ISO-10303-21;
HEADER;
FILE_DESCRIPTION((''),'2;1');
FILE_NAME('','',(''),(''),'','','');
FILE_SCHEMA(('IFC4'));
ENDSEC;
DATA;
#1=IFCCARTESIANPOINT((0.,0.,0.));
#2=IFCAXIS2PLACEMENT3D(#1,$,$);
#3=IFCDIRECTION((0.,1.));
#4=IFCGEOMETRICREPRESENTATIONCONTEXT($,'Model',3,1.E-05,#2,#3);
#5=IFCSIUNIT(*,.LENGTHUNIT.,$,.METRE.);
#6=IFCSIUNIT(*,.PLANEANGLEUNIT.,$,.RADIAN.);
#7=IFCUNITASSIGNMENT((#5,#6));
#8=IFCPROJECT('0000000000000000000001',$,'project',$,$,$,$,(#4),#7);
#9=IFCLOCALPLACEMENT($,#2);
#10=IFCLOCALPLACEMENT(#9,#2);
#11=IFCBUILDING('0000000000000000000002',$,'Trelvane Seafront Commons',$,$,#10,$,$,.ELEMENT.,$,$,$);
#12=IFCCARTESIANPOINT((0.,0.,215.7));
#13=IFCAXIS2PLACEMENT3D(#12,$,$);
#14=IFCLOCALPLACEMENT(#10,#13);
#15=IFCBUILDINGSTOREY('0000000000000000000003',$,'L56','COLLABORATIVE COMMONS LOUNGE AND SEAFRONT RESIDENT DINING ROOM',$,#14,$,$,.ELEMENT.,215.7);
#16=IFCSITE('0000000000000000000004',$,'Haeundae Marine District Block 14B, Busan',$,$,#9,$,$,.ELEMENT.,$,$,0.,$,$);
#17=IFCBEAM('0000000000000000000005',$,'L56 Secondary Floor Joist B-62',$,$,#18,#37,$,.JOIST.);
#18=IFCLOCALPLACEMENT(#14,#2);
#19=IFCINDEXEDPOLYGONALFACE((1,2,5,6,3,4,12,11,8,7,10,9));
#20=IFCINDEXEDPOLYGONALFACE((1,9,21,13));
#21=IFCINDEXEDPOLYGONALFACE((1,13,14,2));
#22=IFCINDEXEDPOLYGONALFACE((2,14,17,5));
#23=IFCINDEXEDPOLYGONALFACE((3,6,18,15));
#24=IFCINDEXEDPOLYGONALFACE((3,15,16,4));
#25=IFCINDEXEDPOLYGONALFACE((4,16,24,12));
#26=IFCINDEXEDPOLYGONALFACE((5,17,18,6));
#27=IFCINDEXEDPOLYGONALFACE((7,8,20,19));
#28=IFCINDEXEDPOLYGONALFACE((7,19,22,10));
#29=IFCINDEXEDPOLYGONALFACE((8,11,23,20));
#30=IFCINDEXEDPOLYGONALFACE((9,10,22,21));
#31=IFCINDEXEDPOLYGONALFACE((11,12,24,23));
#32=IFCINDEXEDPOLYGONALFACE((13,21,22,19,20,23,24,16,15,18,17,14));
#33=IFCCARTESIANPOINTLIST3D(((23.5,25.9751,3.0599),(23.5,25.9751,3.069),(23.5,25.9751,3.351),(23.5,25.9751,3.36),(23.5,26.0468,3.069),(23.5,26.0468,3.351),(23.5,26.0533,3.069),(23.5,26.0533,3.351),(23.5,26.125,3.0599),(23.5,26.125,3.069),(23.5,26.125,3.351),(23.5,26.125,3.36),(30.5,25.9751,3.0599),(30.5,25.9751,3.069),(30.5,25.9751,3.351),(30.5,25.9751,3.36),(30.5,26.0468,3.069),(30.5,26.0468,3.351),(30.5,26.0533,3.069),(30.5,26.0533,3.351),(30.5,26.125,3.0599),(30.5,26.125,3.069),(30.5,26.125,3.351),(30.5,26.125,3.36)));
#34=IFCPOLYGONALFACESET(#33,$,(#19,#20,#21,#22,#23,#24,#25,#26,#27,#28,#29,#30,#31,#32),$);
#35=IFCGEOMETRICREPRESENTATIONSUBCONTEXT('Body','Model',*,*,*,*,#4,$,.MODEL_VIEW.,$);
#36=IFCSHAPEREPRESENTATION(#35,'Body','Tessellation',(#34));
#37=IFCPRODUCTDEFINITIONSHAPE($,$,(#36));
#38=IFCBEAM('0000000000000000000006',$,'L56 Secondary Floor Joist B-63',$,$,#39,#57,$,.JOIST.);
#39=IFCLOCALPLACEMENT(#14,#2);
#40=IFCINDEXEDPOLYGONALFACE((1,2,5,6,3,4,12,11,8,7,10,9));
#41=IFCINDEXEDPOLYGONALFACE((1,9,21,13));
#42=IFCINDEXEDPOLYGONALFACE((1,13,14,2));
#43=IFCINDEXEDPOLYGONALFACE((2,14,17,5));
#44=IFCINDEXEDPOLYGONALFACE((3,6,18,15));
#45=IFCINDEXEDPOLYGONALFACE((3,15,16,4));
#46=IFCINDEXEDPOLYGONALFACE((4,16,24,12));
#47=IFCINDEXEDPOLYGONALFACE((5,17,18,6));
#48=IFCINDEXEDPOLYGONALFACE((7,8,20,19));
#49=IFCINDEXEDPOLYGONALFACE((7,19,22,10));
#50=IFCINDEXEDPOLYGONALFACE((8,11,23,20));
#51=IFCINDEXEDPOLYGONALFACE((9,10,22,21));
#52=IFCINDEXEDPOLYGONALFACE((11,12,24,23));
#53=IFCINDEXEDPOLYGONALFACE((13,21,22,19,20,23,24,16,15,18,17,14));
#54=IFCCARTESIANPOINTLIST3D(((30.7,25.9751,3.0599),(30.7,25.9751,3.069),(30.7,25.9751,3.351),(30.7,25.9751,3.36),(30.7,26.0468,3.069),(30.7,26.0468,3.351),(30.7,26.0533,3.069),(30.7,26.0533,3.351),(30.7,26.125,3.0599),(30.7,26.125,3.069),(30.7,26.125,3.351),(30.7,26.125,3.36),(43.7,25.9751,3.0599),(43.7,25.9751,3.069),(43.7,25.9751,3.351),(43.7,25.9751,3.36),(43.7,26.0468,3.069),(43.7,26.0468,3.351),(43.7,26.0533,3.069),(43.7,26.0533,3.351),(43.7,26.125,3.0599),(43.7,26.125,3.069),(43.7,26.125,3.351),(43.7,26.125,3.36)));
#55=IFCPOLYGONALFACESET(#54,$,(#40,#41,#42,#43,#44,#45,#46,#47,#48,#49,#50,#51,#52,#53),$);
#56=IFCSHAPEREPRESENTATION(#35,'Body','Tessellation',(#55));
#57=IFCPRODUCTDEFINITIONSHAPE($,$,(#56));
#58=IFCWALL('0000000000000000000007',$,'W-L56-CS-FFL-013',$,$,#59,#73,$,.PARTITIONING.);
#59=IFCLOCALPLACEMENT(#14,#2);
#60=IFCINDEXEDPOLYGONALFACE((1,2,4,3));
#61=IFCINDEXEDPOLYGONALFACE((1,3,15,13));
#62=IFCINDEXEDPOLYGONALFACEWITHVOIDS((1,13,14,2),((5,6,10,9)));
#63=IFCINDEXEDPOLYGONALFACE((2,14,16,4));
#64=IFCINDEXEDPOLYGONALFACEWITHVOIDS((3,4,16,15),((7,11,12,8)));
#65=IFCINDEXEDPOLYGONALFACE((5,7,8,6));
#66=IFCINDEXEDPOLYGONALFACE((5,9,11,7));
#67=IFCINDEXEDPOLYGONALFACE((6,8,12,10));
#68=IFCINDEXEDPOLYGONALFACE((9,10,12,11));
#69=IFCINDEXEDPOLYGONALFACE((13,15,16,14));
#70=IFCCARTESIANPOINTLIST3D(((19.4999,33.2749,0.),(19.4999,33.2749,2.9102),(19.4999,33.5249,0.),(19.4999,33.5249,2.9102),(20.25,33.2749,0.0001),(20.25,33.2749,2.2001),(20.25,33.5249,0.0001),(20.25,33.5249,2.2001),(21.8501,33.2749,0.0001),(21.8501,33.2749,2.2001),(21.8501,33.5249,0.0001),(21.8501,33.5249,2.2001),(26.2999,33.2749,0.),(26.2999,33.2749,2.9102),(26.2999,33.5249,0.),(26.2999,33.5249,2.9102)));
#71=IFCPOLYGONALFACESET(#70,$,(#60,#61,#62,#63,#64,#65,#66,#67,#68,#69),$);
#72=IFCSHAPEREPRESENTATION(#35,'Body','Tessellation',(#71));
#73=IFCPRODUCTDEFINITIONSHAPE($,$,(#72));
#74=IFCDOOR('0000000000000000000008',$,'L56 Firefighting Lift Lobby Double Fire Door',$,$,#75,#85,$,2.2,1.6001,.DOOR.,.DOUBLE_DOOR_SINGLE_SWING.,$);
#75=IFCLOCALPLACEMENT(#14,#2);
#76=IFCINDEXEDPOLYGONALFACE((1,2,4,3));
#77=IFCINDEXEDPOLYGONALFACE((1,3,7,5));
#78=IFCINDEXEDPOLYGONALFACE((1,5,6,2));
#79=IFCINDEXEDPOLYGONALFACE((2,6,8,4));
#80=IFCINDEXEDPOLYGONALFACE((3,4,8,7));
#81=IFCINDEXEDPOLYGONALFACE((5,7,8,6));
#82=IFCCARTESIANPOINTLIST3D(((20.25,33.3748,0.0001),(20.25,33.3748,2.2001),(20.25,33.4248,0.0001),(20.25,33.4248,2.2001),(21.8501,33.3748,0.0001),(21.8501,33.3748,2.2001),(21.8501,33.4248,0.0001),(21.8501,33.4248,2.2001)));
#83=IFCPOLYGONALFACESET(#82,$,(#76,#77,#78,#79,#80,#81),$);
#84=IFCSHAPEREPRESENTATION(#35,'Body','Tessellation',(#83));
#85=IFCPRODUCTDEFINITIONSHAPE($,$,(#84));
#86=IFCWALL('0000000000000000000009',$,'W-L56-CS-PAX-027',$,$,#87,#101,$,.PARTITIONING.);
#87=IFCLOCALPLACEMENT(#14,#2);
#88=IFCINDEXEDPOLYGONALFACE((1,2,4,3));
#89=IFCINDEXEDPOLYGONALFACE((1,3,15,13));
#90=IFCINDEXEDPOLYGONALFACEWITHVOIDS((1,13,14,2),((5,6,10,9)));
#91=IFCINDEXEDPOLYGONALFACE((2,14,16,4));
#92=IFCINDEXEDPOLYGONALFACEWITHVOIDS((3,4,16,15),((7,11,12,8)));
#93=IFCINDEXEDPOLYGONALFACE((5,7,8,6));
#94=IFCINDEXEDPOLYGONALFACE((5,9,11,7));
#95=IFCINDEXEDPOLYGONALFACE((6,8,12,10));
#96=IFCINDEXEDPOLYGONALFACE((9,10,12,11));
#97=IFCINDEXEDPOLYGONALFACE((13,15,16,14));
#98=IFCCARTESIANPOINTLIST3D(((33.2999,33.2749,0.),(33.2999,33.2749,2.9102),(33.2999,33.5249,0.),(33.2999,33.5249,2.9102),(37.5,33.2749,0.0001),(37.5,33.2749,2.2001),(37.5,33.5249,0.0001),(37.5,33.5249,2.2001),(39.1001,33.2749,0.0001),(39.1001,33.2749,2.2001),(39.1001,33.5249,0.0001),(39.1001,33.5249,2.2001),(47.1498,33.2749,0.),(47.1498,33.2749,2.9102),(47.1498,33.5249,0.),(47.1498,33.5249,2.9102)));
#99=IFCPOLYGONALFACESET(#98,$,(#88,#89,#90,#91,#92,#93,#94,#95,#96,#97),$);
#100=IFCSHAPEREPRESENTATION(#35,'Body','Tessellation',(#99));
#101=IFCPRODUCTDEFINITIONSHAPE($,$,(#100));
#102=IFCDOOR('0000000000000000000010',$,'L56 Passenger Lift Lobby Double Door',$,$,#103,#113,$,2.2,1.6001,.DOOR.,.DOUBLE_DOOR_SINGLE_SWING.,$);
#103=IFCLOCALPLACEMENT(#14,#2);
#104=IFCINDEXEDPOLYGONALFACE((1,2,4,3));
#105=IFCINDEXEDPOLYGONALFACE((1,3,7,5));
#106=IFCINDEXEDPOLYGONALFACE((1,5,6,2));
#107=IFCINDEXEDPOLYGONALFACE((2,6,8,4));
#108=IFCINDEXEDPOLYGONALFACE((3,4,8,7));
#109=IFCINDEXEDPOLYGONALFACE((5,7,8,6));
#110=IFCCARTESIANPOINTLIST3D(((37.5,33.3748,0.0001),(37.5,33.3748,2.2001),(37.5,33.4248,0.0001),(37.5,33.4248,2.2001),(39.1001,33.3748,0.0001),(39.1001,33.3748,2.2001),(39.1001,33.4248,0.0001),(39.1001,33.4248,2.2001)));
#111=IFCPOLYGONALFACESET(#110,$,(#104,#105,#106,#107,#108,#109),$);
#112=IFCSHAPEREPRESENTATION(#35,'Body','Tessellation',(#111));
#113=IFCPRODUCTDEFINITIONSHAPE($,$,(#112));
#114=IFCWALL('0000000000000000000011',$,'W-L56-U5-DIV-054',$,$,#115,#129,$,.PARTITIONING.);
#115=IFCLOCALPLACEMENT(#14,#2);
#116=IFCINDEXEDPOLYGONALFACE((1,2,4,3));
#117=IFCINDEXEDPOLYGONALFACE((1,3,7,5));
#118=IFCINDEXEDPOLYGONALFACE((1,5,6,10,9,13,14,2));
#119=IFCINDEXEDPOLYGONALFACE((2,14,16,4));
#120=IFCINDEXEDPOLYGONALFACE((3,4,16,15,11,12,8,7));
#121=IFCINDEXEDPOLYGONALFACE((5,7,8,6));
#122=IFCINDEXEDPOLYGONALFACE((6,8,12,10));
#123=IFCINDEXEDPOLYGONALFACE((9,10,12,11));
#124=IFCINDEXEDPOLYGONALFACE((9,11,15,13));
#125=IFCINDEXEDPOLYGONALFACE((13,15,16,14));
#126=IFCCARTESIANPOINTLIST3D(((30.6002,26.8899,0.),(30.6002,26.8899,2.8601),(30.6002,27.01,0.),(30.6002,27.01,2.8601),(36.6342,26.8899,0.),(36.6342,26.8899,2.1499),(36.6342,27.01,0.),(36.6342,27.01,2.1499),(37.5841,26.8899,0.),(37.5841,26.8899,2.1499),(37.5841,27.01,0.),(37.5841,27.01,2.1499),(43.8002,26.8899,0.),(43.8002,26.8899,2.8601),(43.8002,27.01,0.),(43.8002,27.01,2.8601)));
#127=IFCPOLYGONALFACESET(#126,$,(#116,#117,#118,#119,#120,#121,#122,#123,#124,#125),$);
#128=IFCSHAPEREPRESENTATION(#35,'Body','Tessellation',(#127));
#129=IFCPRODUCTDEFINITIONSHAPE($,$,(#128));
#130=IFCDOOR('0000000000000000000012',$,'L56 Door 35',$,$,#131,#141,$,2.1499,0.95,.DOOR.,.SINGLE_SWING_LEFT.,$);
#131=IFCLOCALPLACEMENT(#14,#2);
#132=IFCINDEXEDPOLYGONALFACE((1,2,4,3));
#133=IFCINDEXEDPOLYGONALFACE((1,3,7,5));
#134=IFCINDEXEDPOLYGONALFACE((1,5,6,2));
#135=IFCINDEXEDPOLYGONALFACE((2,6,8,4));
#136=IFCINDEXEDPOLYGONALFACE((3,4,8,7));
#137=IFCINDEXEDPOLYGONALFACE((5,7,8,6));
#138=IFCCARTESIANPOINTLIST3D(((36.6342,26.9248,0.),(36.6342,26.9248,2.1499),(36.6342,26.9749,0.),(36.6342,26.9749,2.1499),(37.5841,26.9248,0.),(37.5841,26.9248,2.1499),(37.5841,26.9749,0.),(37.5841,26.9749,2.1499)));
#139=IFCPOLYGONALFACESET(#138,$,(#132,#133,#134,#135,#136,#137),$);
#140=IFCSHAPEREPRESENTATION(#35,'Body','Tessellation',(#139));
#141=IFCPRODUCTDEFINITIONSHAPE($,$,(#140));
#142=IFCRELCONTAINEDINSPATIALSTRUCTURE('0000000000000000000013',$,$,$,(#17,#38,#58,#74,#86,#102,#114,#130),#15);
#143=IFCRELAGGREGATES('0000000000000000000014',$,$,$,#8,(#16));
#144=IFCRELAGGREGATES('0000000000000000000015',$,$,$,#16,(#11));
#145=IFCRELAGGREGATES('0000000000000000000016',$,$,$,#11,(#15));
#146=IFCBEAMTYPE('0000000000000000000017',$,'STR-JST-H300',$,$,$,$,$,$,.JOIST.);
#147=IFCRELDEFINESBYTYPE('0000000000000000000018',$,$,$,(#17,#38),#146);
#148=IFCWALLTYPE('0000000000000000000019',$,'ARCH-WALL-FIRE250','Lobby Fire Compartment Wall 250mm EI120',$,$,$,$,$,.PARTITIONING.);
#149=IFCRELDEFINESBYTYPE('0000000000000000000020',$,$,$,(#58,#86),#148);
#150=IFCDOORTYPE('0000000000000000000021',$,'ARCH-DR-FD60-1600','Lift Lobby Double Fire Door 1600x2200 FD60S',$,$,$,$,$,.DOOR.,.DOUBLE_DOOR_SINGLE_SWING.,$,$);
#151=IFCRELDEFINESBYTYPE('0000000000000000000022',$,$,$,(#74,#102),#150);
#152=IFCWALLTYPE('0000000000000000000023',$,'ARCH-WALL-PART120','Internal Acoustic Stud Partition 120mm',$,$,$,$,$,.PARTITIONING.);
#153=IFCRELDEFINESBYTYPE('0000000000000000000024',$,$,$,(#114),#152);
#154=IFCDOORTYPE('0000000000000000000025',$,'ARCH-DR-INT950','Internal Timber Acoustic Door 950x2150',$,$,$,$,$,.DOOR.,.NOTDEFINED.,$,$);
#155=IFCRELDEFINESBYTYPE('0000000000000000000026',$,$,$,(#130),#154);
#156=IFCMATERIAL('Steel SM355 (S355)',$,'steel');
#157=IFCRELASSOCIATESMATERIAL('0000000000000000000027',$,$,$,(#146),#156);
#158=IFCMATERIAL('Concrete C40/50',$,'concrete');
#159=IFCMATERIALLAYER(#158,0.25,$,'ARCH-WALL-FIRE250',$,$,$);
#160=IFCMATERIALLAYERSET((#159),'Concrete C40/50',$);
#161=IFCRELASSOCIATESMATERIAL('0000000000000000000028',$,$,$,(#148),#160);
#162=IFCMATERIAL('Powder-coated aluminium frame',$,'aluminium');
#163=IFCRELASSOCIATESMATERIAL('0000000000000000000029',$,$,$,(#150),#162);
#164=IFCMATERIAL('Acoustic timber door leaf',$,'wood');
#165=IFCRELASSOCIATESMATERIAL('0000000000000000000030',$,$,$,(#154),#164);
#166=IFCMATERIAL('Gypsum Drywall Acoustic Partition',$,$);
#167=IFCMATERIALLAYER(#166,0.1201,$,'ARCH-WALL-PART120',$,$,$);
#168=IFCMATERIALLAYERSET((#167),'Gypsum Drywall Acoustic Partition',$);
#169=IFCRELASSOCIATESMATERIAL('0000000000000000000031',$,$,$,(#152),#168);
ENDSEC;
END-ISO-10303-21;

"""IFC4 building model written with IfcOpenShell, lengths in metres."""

from ifc_helpers import new_model, si_unit, direction, frame, frame_2d, origin, origin_2d, place, context, subcontext, project, spatial, rectangle, i_section, extrude, source, transform, mapped, material, layer, layer_set, material_profile, profile_set, type_object, element, fill, save


model = new_model("IFC4")

# Units and contexts
model_context = context("Model", 3, precision=1e-05, world=origin(), true_north=direction((0.0, 1.0)))
body_context = subcontext(model_context, "Body", "Model", "MODEL_VIEW")
ifc_project = project(units=[si_unit("LENGTHUNIT", "METRE"), si_unit("PLANEANGLEUNIT", "RADIAN")], contexts=[model_context])

# Site, building, storey
site_placement = place(None, origin())
site = spatial("IfcSite", under=ifc_project, at=site_placement, Name="Haeundae Marine District Block 14B, Busan", CompositionType="ELEMENT", RefElevation=0.0)
building_placement = place(site_placement, origin())
building = spatial("IfcBuilding", under=site, at=building_placement, Name="Trelvane Seafront Commons", CompositionType="ELEMENT")
storey_placement = place(building_placement, frame((0.0, 0.0, 215.7)))
storey = spatial("IfcBuildingStorey", under=building, at=storey_placement, Name="L56", Description="COLLABORATIVE COMMONS LOUNGE AND SEAFRONT RESIDENT DINING ROOM", CompositionType="ELEMENT", Elevation=215.7)

# Beams
ifc_material_1 = material(Name="Steel SM355 (S355)", Category="steel")
ifc_material_profile_1 = material_profile(ifc_material_1, i_section(OverallWidth=0.1499, OverallDepth=0.3, WebThickness=0.0066, FlangeThickness=0.009, at=origin_2d()), Name="H-300x150x6.5x9")
ifc_profile_set_1 = profile_set([ifc_material_profile_1], Name="Steel SM355 (S355)")
beam_type_1 = type_object("IfcBeamType", Name="STR-JST-H300", PredefinedType="JOIST", material=ifc_profile_set_1)
shared_shape_1 = source(origin(), body_context, "Body", "SweptSolid", [
    extrude(i_section(OverallWidth=0.1499, OverallDepth=0.3, WebThickness=0.0066, FlangeThickness=0.009, at=origin_2d()), origin(), (0.0, 0.0, 1.0), 7.0),
])
beam_1_placement = place(storey_placement, frame((23.5, 26.05, 3.21), z_axis=(1.0, 0.0, 0.0), x_axis=(0.0, 1.0, 0.0)))
element("IfcBeam", 1, at=beam_1_placement, inside=storey, type_object=beam_type_1, Name="L56 Secondary Floor Joist B-62", PredefinedType="JOIST", context=body_context, shape_type="MappedRepresentation", body=[
    mapped(shared_shape_1, transform((0.0, 0.0, 0.0), x_axis=(1.0, 0.0, 0.0), y_axis=(0.0, 1.0, 0.0), z_axis=(0.0, 0.0, 1.0), scale=1.0)),
])
shared_shape_2 = source(origin(), body_context, "Body", "SweptSolid", [
    extrude(i_section(OverallWidth=0.1499, OverallDepth=0.3, WebThickness=0.0066, FlangeThickness=0.009, at=origin_2d()), origin(), (0.0, 0.0, 1.0), 13.0),
])
beam_2_placement = place(storey_placement, frame((30.7, 26.05, 3.21), z_axis=(1.0, 0.0, 0.0), x_axis=(0.0, 1.0, 0.0)))
element("IfcBeam", 2, at=beam_2_placement, inside=storey, type_object=beam_type_1, Name="L56 Secondary Floor Joist B-63", PredefinedType="JOIST", context=body_context, shape_type="MappedRepresentation", body=[
    mapped(shared_shape_2, transform((0.0, 0.0, 0.0), x_axis=(1.0, 0.0, 0.0), y_axis=(0.0, 1.0, 0.0), z_axis=(0.0, 0.0, 1.0), scale=1.0)),
])

# Walls, openings, doors
ifc_material_2 = material(Name="Concrete C40/50", Category="concrete")
ifc_layer_1 = layer(ifc_material_2, 0.25, Name="ARCH-WALL-FIRE250")
ifc_layer_set_1 = layer_set([ifc_layer_1], Name="Concrete C40/50")
wall_type_1 = type_object("IfcWallType", Name="ARCH-WALL-FIRE250", Description="Lobby Fire Compartment Wall 250mm EI120", PredefinedType="PARTITIONING", material=ifc_layer_set_1)
wall_1_placement = place(storey_placement, frame((19.5, 33.3999, 0.0), z_axis=(0.0, 0.0, 1.0), x_axis=(1.0, 0.0, 0.0)))
wall_1 = element("IfcWall", 3, at=wall_1_placement, inside=storey, type_object=wall_type_1, Name="W-L56-CS-FFL-013", PredefinedType="PARTITIONING", context=body_context, shape_type="SweptSolid", body=[
    extrude(rectangle(XDim=6.8, YDim=0.25, at=frame_2d((3.3999, 0.0))), origin(), (0.0, 0.0, 1.0), 2.9102),
])
opening_1_placement = place(wall_1_placement, frame((0.75, 0.0, 0.0)))
opening_1 = element("IfcOpeningElement", 4, at=opening_1_placement, cuts=wall_1, PredefinedType="OPENING", context=body_context, shape_type="SweptSolid", body=[
    extrude(rectangle(XDim=1.6001, YDim=2.2, at=frame_2d((0.8, 1.1001))), frame((0.0, 0.135, 0.0), z_axis=(0.0, -1.0, 0.0), x_axis=(1.0, 0.0, 0.0)), (0.0, 0.0, 1.0), 0.27),
])
ifc_material_3 = material(Name="Powder-coated aluminium frame", Category="aluminium")
door_type_1 = type_object("IfcDoorType", Name="ARCH-DR-FD60-1600", Description="Lift Lobby Double Fire Door 1600x2200 FD60S", OperationType="DOUBLE_DOOR_SINGLE_SWING", PredefinedType="DOOR", material=ifc_material_3)
shared_shape_3 = source(origin(), body_context, "Body", "SweptSolid", [
    extrude(rectangle(XDim=1.6001, YDim=2.2, at=frame_2d((0.8, 1.1001))), frame((0.0, 0.0249, 0.0), z_axis=(0.0, -1.0, 0.0), x_axis=(1.0, 0.0, 0.0)), (0.0, 0.0, 1.0), 0.05),
])
door_1_placement = place(opening_1_placement, origin())
door_1 = element("IfcDoor", 5, at=door_1_placement, inside=storey, type_object=door_type_1, Name="L56 Firefighting Lift Lobby Double Fire Door", OperationType="DOUBLE_DOOR_SINGLE_SWING", OverallHeight=2.2, OverallWidth=1.6001, PredefinedType="DOOR", context=body_context, shape_type="MappedRepresentation", body=[
    mapped(shared_shape_3, transform((0.0, 0.0, 0.0), x_axis=(1.0, 0.0, 0.0), y_axis=(0.0, 1.0, 0.0), z_axis=(0.0, 0.0, 1.0), scale=1.0)),
])
fill(opening_1, door_1)
ifc_material_4 = material(Name="Acoustic timber door leaf", Category="wood")
door_type_2 = type_object("IfcDoorType", Name="ARCH-DR-INT950", Description="Internal Timber Acoustic Door 950x2150", OperationType="NOTDEFINED", PredefinedType="DOOR", material=ifc_material_4)
shared_shape_4 = source(origin(), body_context, "Body", "SweptSolid", [
    extrude(rectangle(XDim=0.95, YDim=2.1499, at=frame_2d((0.4751, 1.075))), frame((0.0, 0.0249, 0.0), z_axis=(0.0, -1.0, 0.0), x_axis=(1.0, 0.0, 0.0)), (0.0, 0.0, 1.0), 0.05),
])
wall_2_placement = place(storey_placement, frame((33.3, 33.3999, 0.0), z_axis=(0.0, 0.0, 1.0), x_axis=(1.0, 0.0, 0.0)))
wall_2 = element("IfcWall", 6, at=wall_2_placement, inside=storey, type_object=wall_type_1, Name="W-L56-CS-PAX-027", PredefinedType="PARTITIONING", context=body_context, shape_type="SweptSolid", body=[
    extrude(rectangle(XDim=13.8499, YDim=0.25, at=frame_2d((6.9248, 0.0))), origin(), (0.0, 0.0, 1.0), 2.9102),
])
opening_2_placement = place(wall_2_placement, frame((4.2, 0.0, 0.0)))
opening_2 = element("IfcOpeningElement", 7, at=opening_2_placement, cuts=wall_2, PredefinedType="OPENING", context=body_context, shape_type="SweptSolid", body=[
    extrude(rectangle(XDim=1.6001, YDim=2.2, at=frame_2d((0.8, 1.1001))), frame((0.0, 0.135, 0.0), z_axis=(0.0, -1.0, 0.0), x_axis=(1.0, 0.0, 0.0)), (0.0, 0.0, 1.0), 0.27),
])
door_2_placement = place(opening_2_placement, origin())
door_2 = element("IfcDoor", 8, at=door_2_placement, inside=storey, type_object=door_type_1, Name="L56 Passenger Lift Lobby Double Door", OperationType="DOUBLE_DOOR_SINGLE_SWING", OverallHeight=2.2, OverallWidth=1.6001, PredefinedType="DOOR", context=body_context, shape_type="MappedRepresentation", body=[
    mapped(shared_shape_3, transform((0.0, 0.0, 0.0), x_axis=(1.0, 0.0, 0.0), y_axis=(0.0, 1.0, 0.0), z_axis=(0.0, 0.0, 1.0), scale=1.0)),
])
fill(opening_2, door_2)
ifc_material_5 = material(Name="Gypsum Drywall Acoustic Partition")
ifc_layer_2 = layer(ifc_material_5, 0.1201, Name="ARCH-WALL-PART120")
ifc_layer_set_2 = layer_set([ifc_layer_2], Name="Gypsum Drywall Acoustic Partition")
wall_type_2 = type_object("IfcWallType", Name="ARCH-WALL-PART120", Description="Internal Acoustic Stud Partition 120mm", PredefinedType="PARTITIONING", material=ifc_layer_set_2)
wall_3_placement = place(storey_placement, frame((30.6001, 26.95, 0.0), z_axis=(0.0, 0.0, 1.0), x_axis=(1.0, 0.0, 0.0)))
wall_3 = element("IfcWall", 9, at=wall_3_placement, inside=storey, type_object=wall_type_2, Name="W-L56-U5-DIV-054", PredefinedType="PARTITIONING", context=body_context, shape_type="SweptSolid", body=[
    extrude(rectangle(XDim=13.2, YDim=0.1201, at=frame_2d((6.6001, 0.0))), origin(), (0.0, 0.0, 1.0), 2.8601),
])
opening_3_placement = place(wall_3_placement, frame((6.0339, 0.0, 0.0)))
opening_3 = element("IfcOpeningElement", 10, at=opening_3_placement, cuts=wall_3, PredefinedType="OPENING", context=body_context, shape_type="SweptSolid", body=[
    extrude(rectangle(XDim=0.95, YDim=2.1499, at=frame_2d((0.4751, 1.075))), frame((0.0, 0.0701, 0.0), z_axis=(0.0, -1.0, 0.0), x_axis=(1.0, 0.0, 0.0)), (0.0, 0.0, 1.0), 0.1401),
])
door_3_placement = place(opening_3_placement, origin())
door_3 = element("IfcDoor", 11, at=door_3_placement, inside=storey, type_object=door_type_2, Name="L56 Door 35", OperationType="SINGLE_SWING_LEFT", OverallHeight=2.1499, OverallWidth=0.95, PredefinedType="DOOR", context=body_context, shape_type="MappedRepresentation", body=[
    mapped(shared_shape_4, transform((0.0, 0.0, 0.0), x_axis=(1.0, 0.0, 0.0), y_axis=(0.0, 1.0, 0.0), z_axis=(0.0, 0.0, 1.0), scale=1.0)),
])
fill(opening_3, door_3)

save(model, "model.ifc")
